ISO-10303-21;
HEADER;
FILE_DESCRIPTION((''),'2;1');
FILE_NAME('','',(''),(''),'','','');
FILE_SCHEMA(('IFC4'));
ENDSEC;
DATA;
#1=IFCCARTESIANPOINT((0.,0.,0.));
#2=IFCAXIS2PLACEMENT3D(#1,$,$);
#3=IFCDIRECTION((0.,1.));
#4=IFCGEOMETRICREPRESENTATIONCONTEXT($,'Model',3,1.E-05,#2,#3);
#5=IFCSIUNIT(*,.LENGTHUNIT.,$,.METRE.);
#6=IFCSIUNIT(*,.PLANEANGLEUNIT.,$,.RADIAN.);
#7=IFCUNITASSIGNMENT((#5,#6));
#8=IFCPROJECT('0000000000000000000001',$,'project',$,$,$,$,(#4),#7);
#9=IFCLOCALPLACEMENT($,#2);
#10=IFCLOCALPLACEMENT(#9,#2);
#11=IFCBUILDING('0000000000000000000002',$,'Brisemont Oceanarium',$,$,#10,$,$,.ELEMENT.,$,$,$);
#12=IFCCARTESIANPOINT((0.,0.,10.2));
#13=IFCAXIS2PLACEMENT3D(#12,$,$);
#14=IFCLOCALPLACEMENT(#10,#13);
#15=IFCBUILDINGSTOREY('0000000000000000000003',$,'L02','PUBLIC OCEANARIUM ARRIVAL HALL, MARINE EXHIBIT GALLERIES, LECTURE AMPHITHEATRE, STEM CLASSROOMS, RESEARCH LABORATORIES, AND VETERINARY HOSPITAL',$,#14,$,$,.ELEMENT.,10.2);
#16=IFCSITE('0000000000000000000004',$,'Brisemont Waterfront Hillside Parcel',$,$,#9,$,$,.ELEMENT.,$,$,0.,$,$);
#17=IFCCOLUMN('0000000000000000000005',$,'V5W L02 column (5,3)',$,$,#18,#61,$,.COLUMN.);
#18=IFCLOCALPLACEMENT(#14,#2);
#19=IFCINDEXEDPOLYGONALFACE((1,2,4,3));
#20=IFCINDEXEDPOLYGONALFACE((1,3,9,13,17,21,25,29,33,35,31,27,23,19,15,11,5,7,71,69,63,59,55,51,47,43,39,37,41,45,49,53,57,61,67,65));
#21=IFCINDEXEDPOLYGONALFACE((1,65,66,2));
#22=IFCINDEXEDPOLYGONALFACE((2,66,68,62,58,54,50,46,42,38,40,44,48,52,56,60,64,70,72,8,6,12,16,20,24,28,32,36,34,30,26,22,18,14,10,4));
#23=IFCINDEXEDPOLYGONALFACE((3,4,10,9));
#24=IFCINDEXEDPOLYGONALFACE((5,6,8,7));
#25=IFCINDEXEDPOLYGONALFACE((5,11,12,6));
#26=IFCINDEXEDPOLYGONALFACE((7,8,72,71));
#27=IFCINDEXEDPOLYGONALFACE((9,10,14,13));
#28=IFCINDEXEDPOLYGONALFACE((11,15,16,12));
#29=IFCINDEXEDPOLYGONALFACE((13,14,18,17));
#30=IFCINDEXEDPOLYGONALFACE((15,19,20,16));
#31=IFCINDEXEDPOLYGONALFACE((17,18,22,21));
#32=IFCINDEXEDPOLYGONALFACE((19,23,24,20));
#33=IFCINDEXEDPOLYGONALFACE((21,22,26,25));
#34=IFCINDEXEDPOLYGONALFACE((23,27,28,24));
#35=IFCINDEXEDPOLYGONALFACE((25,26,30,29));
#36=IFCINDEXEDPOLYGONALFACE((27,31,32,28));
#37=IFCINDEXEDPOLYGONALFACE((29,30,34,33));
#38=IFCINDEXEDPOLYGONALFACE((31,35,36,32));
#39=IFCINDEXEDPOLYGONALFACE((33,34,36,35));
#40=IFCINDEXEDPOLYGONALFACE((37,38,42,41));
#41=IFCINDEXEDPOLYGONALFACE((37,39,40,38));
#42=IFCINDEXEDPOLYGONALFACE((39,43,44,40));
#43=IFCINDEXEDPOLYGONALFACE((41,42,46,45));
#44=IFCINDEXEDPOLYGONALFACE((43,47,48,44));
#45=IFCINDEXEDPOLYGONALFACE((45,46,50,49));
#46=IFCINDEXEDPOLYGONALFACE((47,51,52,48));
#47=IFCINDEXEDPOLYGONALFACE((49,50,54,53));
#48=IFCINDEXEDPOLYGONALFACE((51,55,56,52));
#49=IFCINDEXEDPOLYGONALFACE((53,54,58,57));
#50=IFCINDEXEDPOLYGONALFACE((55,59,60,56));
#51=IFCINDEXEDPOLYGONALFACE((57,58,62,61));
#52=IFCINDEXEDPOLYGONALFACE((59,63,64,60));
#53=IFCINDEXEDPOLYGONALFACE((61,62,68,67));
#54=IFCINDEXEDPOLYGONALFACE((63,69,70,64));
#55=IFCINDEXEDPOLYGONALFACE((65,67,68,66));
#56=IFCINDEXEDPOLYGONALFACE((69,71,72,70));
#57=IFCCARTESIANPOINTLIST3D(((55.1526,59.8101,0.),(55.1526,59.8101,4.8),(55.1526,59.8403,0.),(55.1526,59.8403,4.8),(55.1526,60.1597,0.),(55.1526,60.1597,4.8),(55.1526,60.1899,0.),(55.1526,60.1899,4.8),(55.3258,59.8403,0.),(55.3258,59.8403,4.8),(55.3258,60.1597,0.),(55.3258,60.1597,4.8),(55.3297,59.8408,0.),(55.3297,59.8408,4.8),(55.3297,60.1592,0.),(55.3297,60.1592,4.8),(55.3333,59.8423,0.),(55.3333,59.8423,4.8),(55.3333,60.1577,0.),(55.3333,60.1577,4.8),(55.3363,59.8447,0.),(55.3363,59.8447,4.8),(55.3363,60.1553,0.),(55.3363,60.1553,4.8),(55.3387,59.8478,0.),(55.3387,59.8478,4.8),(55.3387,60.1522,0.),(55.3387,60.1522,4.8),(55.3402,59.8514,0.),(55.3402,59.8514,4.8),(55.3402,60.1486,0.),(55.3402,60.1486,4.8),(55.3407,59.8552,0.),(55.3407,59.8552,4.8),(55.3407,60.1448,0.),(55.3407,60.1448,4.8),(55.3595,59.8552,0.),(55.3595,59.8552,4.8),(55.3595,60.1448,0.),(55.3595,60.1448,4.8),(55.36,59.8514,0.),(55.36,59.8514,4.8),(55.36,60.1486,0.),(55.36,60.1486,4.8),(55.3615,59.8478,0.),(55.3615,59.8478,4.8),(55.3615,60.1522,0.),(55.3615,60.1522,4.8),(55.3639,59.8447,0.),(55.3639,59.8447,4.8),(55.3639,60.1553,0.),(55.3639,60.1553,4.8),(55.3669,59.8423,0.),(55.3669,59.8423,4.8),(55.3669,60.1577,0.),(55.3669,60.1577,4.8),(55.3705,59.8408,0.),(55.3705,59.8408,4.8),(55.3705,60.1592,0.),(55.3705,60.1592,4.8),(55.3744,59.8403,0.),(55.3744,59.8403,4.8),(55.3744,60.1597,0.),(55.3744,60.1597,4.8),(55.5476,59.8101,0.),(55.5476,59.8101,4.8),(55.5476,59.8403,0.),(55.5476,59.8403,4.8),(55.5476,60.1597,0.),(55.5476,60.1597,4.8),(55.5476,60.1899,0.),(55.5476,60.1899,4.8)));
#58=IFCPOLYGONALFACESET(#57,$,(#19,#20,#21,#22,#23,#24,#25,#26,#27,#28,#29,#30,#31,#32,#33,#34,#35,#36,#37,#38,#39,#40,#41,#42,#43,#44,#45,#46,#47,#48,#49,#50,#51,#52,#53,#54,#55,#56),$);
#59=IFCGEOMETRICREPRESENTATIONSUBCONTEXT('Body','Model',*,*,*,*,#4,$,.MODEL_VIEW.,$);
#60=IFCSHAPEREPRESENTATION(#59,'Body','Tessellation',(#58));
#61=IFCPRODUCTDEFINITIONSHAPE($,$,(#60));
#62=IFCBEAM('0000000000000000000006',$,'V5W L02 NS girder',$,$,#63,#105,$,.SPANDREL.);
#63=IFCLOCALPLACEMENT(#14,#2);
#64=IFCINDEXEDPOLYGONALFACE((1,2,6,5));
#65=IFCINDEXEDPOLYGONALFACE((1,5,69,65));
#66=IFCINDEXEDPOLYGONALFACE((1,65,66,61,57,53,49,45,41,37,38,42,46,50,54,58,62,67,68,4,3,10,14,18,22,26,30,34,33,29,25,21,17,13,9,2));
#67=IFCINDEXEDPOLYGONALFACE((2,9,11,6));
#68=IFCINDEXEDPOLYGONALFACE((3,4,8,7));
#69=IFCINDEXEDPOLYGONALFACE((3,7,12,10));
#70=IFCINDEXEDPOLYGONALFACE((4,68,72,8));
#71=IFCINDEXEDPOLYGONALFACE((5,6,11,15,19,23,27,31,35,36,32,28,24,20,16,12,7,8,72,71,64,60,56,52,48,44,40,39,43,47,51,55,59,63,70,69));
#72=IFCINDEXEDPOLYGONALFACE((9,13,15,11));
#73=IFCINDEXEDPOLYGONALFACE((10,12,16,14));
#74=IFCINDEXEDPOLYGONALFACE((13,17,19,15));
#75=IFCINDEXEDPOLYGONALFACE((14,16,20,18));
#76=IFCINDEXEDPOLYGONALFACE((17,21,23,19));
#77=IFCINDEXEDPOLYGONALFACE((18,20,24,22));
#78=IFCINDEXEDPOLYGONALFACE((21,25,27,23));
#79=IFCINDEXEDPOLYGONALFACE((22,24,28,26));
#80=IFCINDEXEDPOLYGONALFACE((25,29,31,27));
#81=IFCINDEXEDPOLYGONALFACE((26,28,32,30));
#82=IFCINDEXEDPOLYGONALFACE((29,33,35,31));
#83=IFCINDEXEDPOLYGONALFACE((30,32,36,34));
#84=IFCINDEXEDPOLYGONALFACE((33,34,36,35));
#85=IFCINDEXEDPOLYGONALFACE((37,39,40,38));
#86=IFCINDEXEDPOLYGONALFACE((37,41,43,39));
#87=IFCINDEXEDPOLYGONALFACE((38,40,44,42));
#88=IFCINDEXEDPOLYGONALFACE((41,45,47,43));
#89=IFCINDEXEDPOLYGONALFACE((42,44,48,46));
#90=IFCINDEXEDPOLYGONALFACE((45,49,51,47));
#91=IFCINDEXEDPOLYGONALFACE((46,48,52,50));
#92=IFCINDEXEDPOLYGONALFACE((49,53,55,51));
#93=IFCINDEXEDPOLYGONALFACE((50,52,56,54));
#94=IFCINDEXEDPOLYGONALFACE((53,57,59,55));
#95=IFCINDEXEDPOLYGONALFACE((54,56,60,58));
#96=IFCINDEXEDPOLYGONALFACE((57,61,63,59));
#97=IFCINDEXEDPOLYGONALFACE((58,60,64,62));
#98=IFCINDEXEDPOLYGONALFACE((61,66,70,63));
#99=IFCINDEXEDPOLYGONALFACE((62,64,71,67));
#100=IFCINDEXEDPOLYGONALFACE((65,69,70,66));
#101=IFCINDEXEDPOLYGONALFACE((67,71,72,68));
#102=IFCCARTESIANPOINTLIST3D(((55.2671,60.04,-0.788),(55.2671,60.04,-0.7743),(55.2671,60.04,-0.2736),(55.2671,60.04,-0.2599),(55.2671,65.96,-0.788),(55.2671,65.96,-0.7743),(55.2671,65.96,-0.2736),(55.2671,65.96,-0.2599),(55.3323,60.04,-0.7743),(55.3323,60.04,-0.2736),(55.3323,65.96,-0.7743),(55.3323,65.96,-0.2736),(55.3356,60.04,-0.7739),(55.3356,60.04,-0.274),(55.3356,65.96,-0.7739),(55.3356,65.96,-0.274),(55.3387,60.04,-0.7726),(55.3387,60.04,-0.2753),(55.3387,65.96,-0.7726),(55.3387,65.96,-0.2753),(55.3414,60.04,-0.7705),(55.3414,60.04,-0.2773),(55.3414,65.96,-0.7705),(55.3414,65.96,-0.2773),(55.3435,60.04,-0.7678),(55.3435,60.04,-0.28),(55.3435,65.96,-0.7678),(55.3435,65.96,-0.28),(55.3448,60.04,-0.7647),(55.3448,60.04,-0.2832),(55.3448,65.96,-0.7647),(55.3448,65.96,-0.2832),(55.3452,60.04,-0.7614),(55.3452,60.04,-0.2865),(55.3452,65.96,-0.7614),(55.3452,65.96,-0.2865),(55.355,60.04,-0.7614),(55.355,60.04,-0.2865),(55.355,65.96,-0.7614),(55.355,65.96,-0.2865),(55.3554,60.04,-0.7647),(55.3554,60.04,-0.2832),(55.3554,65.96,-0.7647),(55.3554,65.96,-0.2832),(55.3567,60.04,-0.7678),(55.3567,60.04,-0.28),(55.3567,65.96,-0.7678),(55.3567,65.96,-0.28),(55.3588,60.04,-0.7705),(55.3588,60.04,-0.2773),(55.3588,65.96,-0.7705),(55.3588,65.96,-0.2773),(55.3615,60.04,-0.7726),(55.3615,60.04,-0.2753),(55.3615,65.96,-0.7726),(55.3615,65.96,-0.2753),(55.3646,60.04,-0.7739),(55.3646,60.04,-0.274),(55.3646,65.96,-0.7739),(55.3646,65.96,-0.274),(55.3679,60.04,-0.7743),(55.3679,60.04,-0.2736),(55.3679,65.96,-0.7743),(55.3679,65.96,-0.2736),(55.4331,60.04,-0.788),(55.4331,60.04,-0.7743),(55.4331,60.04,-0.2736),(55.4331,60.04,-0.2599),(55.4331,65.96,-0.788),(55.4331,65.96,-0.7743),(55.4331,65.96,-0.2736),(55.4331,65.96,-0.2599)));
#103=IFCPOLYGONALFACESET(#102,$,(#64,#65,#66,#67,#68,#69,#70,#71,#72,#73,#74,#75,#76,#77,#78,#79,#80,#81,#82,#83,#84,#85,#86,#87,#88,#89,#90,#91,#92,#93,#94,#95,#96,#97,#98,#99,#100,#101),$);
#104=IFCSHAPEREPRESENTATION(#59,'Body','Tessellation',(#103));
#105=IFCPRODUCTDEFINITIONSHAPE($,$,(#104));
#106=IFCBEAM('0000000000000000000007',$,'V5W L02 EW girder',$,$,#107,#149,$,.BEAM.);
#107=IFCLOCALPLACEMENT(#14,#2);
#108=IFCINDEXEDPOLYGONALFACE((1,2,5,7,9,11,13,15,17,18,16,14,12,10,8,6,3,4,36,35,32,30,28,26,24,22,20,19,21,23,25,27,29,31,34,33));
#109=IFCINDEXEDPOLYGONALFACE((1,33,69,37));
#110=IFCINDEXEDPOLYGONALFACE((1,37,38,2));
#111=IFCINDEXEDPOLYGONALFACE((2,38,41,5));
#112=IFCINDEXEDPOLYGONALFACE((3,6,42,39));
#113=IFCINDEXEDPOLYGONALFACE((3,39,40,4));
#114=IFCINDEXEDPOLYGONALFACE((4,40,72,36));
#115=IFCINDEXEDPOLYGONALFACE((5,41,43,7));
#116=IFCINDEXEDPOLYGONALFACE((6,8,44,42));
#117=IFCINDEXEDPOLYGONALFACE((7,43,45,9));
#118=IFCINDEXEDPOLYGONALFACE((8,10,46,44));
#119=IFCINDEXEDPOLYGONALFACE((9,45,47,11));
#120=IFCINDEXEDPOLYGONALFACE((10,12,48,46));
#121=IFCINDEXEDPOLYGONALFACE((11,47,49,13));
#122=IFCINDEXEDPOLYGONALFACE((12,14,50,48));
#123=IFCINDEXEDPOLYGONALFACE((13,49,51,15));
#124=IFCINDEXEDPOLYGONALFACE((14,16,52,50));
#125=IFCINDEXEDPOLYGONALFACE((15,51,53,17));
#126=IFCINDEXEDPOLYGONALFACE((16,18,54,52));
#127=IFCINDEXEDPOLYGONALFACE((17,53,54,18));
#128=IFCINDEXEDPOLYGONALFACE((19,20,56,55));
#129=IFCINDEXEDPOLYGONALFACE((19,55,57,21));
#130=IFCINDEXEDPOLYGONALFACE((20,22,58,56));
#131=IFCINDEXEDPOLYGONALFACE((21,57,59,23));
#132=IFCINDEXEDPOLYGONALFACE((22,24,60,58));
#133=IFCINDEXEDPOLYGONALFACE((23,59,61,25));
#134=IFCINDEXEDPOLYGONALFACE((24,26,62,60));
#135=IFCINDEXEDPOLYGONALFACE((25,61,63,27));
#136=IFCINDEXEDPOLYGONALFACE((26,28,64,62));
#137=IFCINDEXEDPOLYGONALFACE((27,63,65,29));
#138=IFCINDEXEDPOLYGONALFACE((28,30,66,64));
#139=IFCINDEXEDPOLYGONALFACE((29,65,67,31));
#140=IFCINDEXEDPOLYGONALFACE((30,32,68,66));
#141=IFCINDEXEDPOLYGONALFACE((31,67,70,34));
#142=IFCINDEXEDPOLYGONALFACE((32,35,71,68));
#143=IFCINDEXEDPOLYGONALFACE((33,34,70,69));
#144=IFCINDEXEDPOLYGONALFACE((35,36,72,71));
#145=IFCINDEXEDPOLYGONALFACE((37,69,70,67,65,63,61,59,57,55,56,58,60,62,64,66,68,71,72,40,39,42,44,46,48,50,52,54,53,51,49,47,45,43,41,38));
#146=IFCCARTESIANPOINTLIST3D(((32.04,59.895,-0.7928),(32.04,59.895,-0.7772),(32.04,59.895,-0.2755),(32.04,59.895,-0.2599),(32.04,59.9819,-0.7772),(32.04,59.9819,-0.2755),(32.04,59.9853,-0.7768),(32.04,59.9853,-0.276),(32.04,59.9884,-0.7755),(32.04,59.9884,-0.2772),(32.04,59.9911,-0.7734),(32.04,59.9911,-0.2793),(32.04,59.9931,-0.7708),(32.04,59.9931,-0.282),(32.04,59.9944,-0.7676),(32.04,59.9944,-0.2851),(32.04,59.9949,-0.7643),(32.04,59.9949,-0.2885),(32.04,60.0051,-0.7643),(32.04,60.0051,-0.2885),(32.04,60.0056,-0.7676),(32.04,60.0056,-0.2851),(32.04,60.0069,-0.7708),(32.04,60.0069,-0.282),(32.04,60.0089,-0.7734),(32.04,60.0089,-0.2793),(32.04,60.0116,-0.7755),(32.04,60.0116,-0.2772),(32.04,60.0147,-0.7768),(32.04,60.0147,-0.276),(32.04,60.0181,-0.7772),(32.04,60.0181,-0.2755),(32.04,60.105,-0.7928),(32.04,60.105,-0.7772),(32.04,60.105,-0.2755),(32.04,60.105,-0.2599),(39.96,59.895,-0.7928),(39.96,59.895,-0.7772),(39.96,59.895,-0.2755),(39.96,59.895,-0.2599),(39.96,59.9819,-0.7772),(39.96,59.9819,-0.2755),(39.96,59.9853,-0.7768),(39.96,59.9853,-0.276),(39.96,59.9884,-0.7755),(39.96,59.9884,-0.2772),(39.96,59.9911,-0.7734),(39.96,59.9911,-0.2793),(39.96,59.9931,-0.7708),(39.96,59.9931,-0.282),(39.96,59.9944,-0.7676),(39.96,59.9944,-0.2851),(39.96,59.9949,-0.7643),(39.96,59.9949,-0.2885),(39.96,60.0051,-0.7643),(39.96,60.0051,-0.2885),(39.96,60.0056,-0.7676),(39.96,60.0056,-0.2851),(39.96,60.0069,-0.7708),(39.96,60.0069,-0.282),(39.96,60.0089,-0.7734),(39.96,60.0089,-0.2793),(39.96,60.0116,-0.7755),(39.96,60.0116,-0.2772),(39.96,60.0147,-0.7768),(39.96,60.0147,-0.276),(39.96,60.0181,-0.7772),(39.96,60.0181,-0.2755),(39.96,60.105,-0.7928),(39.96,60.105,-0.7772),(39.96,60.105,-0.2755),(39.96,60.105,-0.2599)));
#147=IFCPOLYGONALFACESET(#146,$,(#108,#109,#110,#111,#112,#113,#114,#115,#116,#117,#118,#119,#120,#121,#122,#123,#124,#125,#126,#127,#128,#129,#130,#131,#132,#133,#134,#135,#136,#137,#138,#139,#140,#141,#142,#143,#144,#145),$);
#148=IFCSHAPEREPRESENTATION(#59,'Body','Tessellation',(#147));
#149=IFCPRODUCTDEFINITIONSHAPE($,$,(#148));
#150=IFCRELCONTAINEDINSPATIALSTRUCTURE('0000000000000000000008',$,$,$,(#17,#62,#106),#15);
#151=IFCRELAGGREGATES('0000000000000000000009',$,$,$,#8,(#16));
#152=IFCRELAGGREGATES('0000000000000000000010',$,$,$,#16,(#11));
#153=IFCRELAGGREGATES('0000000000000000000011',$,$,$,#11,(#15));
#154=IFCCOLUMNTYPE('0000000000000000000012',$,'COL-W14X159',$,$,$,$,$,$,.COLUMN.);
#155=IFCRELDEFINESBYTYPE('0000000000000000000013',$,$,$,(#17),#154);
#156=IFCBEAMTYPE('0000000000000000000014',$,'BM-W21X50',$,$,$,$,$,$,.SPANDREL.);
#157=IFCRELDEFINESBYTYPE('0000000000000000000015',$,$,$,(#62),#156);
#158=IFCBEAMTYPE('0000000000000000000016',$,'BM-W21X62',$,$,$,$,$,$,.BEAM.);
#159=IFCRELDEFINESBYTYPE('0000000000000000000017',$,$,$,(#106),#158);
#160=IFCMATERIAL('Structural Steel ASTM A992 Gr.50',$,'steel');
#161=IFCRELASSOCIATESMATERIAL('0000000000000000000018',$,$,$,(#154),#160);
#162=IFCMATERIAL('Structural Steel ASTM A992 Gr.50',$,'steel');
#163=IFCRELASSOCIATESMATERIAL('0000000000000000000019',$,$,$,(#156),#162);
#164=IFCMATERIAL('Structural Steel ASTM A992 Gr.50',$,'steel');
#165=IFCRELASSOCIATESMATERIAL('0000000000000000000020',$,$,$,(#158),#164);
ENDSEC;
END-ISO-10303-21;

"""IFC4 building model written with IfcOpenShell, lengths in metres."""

from ifc_helpers import new_model, si_unit, direction, frame, origin, origin_2d, place, context, subcontext, project, spatial, i_section, extrude, material, material_profile, profile_set, type_object, element, save


model = new_model("IFC4")

# Units and contexts
model_context = context("Model", 3, precision=1e-05, world=origin(), true_north=direction((0.0, 1.0)))
body_context = subcontext(model_context, "Body", "Model", "MODEL_VIEW")
ifc_project = project(units=[si_unit("LENGTHUNIT", "METRE"), si_unit("PLANEANGLEUNIT", "RADIAN")], contexts=[model_context])

# Site, building, storey
site_placement = place(None, origin())
site = spatial("IfcSite", under=ifc_project, at=site_placement, Name="Brisemont Waterfront Hillside Parcel", CompositionType="ELEMENT", RefElevation=0.0)
building_placement = place(site_placement, origin())
building = spatial("IfcBuilding", under=site, at=building_placement, Name="Brisemont Oceanarium", CompositionType="ELEMENT")
storey_placement = place(building_placement, frame((0.0, 0.0, 10.2)))
storey = spatial("IfcBuildingStorey", under=building, at=storey_placement, Name="L02", Description="PUBLIC OCEANARIUM ARRIVAL HALL, MARINE EXHIBIT GALLERIES, LECTURE AMPHITHEATRE, STEM CLASSROOMS, RESEARCH LABORATORIES, AND VETERINARY HOSPITAL", CompositionType="ELEMENT", Elevation=10.2)

# Column
ifc_material_1 = material(Name="Structural Steel ASTM A992 Gr.50", Category="steel")
ifc_material_profile_1 = material_profile(ifc_material_1, i_section(OverallWidth=0.395, OverallDepth=0.3799, WebThickness=0.0188, FlangeThickness=0.0303, FilletRadius=0.0149, at=origin_2d()), Name="W14X159")
ifc_profile_set_1 = profile_set([ifc_material_profile_1], Name="Structural Steel ASTM A992 Gr.50")
column_type_1 = type_object("IfcColumnType", Name="COL-W14X159", PredefinedType="COLUMN", material=ifc_profile_set_1)
column_1_placement = place(storey_placement, frame((55.3501, 60.0, 0.0), z_axis=(0.0, 0.0, 1.0), x_axis=(1.0, 0.0, 0.0)))
element("IfcColumn", 1, at=column_1_placement, inside=storey, type_object=column_type_1, Name="V5W L02 column (5,3)", PredefinedType="COLUMN", context=body_context, shape_type="SweptSolid", body=[
    extrude(i_section(OverallWidth=0.395, OverallDepth=0.3799, WebThickness=0.0188, FlangeThickness=0.0303, FilletRadius=0.0149, at=origin_2d()), origin(), (0.0, 0.0, 1.0), 4.8),
])

# Beams
ifc_material_2 = material(Name="Structural Steel ASTM A992 Gr.50", Category="steel")
ifc_material_profile_2 = material_profile(ifc_material_2, i_section(OverallWidth=0.166, OverallDepth=0.5281, WebThickness=0.0098, FlangeThickness=0.0137, FilletRadius=0.0129, at=origin_2d()), Name="W21X50")
ifc_profile_set_2 = profile_set([ifc_material_profile_2], Name="Structural Steel ASTM A992 Gr.50")
beam_type_1 = type_object("IfcBeamType", Name="BM-W21X50", PredefinedType="SPANDREL", material=ifc_profile_set_2)
beam_1_placement = place(storey_placement, frame((55.3501, 60.04, -0.5239), z_axis=(0.0, 1.0, 0.0), x_axis=(-1.0, 0.0, 0.0)))
element("IfcBeam", 2, at=beam_1_placement, inside=storey, type_object=beam_type_1, Name="V5W L02 NS girder", PredefinedType="SPANDREL", context=body_context, shape_type="SweptSolid", body=[
    extrude(i_section(OverallWidth=0.166, OverallDepth=0.5281, WebThickness=0.0098, FlangeThickness=0.0137, FilletRadius=0.0129, at=origin_2d()), origin(), (0.0, 0.0, 1.0), 5.9199),
])
ifc_material_3 = material(Name="Structural Steel ASTM A992 Gr.50", Category="steel")
ifc_material_profile_3 = material_profile(ifc_material_3, i_section(OverallWidth=0.21, OverallDepth=0.533, WebThickness=0.0103, FlangeThickness=0.0156, FilletRadius=0.0129, at=origin_2d()), Name="W21X62")
ifc_profile_set_3 = profile_set([ifc_material_profile_3], Name="Structural Steel ASTM A992 Gr.50")
beam_type_2 = type_object("IfcBeamType", Name="BM-W21X62", PredefinedType="BEAM", material=ifc_profile_set_3)
beam_2_placement = place(storey_placement, frame((32.04, 60.0, -0.5264), z_axis=(1.0, 0.0, 0.0), x_axis=(0.0, 1.0, 0.0)))
element("IfcBeam", 3, at=beam_2_placement, inside=storey, type_object=beam_type_2, Name="V5W L02 EW girder", PredefinedType="BEAM", context=body_context, shape_type="SweptSolid", body=[
    extrude(i_section(OverallWidth=0.21, OverallDepth=0.533, WebThickness=0.0103, FlangeThickness=0.0156, FilletRadius=0.0129, at=origin_2d()), origin(), (0.0, 0.0, 1.0), 7.9199),
])

save(model, "model.ifc")
